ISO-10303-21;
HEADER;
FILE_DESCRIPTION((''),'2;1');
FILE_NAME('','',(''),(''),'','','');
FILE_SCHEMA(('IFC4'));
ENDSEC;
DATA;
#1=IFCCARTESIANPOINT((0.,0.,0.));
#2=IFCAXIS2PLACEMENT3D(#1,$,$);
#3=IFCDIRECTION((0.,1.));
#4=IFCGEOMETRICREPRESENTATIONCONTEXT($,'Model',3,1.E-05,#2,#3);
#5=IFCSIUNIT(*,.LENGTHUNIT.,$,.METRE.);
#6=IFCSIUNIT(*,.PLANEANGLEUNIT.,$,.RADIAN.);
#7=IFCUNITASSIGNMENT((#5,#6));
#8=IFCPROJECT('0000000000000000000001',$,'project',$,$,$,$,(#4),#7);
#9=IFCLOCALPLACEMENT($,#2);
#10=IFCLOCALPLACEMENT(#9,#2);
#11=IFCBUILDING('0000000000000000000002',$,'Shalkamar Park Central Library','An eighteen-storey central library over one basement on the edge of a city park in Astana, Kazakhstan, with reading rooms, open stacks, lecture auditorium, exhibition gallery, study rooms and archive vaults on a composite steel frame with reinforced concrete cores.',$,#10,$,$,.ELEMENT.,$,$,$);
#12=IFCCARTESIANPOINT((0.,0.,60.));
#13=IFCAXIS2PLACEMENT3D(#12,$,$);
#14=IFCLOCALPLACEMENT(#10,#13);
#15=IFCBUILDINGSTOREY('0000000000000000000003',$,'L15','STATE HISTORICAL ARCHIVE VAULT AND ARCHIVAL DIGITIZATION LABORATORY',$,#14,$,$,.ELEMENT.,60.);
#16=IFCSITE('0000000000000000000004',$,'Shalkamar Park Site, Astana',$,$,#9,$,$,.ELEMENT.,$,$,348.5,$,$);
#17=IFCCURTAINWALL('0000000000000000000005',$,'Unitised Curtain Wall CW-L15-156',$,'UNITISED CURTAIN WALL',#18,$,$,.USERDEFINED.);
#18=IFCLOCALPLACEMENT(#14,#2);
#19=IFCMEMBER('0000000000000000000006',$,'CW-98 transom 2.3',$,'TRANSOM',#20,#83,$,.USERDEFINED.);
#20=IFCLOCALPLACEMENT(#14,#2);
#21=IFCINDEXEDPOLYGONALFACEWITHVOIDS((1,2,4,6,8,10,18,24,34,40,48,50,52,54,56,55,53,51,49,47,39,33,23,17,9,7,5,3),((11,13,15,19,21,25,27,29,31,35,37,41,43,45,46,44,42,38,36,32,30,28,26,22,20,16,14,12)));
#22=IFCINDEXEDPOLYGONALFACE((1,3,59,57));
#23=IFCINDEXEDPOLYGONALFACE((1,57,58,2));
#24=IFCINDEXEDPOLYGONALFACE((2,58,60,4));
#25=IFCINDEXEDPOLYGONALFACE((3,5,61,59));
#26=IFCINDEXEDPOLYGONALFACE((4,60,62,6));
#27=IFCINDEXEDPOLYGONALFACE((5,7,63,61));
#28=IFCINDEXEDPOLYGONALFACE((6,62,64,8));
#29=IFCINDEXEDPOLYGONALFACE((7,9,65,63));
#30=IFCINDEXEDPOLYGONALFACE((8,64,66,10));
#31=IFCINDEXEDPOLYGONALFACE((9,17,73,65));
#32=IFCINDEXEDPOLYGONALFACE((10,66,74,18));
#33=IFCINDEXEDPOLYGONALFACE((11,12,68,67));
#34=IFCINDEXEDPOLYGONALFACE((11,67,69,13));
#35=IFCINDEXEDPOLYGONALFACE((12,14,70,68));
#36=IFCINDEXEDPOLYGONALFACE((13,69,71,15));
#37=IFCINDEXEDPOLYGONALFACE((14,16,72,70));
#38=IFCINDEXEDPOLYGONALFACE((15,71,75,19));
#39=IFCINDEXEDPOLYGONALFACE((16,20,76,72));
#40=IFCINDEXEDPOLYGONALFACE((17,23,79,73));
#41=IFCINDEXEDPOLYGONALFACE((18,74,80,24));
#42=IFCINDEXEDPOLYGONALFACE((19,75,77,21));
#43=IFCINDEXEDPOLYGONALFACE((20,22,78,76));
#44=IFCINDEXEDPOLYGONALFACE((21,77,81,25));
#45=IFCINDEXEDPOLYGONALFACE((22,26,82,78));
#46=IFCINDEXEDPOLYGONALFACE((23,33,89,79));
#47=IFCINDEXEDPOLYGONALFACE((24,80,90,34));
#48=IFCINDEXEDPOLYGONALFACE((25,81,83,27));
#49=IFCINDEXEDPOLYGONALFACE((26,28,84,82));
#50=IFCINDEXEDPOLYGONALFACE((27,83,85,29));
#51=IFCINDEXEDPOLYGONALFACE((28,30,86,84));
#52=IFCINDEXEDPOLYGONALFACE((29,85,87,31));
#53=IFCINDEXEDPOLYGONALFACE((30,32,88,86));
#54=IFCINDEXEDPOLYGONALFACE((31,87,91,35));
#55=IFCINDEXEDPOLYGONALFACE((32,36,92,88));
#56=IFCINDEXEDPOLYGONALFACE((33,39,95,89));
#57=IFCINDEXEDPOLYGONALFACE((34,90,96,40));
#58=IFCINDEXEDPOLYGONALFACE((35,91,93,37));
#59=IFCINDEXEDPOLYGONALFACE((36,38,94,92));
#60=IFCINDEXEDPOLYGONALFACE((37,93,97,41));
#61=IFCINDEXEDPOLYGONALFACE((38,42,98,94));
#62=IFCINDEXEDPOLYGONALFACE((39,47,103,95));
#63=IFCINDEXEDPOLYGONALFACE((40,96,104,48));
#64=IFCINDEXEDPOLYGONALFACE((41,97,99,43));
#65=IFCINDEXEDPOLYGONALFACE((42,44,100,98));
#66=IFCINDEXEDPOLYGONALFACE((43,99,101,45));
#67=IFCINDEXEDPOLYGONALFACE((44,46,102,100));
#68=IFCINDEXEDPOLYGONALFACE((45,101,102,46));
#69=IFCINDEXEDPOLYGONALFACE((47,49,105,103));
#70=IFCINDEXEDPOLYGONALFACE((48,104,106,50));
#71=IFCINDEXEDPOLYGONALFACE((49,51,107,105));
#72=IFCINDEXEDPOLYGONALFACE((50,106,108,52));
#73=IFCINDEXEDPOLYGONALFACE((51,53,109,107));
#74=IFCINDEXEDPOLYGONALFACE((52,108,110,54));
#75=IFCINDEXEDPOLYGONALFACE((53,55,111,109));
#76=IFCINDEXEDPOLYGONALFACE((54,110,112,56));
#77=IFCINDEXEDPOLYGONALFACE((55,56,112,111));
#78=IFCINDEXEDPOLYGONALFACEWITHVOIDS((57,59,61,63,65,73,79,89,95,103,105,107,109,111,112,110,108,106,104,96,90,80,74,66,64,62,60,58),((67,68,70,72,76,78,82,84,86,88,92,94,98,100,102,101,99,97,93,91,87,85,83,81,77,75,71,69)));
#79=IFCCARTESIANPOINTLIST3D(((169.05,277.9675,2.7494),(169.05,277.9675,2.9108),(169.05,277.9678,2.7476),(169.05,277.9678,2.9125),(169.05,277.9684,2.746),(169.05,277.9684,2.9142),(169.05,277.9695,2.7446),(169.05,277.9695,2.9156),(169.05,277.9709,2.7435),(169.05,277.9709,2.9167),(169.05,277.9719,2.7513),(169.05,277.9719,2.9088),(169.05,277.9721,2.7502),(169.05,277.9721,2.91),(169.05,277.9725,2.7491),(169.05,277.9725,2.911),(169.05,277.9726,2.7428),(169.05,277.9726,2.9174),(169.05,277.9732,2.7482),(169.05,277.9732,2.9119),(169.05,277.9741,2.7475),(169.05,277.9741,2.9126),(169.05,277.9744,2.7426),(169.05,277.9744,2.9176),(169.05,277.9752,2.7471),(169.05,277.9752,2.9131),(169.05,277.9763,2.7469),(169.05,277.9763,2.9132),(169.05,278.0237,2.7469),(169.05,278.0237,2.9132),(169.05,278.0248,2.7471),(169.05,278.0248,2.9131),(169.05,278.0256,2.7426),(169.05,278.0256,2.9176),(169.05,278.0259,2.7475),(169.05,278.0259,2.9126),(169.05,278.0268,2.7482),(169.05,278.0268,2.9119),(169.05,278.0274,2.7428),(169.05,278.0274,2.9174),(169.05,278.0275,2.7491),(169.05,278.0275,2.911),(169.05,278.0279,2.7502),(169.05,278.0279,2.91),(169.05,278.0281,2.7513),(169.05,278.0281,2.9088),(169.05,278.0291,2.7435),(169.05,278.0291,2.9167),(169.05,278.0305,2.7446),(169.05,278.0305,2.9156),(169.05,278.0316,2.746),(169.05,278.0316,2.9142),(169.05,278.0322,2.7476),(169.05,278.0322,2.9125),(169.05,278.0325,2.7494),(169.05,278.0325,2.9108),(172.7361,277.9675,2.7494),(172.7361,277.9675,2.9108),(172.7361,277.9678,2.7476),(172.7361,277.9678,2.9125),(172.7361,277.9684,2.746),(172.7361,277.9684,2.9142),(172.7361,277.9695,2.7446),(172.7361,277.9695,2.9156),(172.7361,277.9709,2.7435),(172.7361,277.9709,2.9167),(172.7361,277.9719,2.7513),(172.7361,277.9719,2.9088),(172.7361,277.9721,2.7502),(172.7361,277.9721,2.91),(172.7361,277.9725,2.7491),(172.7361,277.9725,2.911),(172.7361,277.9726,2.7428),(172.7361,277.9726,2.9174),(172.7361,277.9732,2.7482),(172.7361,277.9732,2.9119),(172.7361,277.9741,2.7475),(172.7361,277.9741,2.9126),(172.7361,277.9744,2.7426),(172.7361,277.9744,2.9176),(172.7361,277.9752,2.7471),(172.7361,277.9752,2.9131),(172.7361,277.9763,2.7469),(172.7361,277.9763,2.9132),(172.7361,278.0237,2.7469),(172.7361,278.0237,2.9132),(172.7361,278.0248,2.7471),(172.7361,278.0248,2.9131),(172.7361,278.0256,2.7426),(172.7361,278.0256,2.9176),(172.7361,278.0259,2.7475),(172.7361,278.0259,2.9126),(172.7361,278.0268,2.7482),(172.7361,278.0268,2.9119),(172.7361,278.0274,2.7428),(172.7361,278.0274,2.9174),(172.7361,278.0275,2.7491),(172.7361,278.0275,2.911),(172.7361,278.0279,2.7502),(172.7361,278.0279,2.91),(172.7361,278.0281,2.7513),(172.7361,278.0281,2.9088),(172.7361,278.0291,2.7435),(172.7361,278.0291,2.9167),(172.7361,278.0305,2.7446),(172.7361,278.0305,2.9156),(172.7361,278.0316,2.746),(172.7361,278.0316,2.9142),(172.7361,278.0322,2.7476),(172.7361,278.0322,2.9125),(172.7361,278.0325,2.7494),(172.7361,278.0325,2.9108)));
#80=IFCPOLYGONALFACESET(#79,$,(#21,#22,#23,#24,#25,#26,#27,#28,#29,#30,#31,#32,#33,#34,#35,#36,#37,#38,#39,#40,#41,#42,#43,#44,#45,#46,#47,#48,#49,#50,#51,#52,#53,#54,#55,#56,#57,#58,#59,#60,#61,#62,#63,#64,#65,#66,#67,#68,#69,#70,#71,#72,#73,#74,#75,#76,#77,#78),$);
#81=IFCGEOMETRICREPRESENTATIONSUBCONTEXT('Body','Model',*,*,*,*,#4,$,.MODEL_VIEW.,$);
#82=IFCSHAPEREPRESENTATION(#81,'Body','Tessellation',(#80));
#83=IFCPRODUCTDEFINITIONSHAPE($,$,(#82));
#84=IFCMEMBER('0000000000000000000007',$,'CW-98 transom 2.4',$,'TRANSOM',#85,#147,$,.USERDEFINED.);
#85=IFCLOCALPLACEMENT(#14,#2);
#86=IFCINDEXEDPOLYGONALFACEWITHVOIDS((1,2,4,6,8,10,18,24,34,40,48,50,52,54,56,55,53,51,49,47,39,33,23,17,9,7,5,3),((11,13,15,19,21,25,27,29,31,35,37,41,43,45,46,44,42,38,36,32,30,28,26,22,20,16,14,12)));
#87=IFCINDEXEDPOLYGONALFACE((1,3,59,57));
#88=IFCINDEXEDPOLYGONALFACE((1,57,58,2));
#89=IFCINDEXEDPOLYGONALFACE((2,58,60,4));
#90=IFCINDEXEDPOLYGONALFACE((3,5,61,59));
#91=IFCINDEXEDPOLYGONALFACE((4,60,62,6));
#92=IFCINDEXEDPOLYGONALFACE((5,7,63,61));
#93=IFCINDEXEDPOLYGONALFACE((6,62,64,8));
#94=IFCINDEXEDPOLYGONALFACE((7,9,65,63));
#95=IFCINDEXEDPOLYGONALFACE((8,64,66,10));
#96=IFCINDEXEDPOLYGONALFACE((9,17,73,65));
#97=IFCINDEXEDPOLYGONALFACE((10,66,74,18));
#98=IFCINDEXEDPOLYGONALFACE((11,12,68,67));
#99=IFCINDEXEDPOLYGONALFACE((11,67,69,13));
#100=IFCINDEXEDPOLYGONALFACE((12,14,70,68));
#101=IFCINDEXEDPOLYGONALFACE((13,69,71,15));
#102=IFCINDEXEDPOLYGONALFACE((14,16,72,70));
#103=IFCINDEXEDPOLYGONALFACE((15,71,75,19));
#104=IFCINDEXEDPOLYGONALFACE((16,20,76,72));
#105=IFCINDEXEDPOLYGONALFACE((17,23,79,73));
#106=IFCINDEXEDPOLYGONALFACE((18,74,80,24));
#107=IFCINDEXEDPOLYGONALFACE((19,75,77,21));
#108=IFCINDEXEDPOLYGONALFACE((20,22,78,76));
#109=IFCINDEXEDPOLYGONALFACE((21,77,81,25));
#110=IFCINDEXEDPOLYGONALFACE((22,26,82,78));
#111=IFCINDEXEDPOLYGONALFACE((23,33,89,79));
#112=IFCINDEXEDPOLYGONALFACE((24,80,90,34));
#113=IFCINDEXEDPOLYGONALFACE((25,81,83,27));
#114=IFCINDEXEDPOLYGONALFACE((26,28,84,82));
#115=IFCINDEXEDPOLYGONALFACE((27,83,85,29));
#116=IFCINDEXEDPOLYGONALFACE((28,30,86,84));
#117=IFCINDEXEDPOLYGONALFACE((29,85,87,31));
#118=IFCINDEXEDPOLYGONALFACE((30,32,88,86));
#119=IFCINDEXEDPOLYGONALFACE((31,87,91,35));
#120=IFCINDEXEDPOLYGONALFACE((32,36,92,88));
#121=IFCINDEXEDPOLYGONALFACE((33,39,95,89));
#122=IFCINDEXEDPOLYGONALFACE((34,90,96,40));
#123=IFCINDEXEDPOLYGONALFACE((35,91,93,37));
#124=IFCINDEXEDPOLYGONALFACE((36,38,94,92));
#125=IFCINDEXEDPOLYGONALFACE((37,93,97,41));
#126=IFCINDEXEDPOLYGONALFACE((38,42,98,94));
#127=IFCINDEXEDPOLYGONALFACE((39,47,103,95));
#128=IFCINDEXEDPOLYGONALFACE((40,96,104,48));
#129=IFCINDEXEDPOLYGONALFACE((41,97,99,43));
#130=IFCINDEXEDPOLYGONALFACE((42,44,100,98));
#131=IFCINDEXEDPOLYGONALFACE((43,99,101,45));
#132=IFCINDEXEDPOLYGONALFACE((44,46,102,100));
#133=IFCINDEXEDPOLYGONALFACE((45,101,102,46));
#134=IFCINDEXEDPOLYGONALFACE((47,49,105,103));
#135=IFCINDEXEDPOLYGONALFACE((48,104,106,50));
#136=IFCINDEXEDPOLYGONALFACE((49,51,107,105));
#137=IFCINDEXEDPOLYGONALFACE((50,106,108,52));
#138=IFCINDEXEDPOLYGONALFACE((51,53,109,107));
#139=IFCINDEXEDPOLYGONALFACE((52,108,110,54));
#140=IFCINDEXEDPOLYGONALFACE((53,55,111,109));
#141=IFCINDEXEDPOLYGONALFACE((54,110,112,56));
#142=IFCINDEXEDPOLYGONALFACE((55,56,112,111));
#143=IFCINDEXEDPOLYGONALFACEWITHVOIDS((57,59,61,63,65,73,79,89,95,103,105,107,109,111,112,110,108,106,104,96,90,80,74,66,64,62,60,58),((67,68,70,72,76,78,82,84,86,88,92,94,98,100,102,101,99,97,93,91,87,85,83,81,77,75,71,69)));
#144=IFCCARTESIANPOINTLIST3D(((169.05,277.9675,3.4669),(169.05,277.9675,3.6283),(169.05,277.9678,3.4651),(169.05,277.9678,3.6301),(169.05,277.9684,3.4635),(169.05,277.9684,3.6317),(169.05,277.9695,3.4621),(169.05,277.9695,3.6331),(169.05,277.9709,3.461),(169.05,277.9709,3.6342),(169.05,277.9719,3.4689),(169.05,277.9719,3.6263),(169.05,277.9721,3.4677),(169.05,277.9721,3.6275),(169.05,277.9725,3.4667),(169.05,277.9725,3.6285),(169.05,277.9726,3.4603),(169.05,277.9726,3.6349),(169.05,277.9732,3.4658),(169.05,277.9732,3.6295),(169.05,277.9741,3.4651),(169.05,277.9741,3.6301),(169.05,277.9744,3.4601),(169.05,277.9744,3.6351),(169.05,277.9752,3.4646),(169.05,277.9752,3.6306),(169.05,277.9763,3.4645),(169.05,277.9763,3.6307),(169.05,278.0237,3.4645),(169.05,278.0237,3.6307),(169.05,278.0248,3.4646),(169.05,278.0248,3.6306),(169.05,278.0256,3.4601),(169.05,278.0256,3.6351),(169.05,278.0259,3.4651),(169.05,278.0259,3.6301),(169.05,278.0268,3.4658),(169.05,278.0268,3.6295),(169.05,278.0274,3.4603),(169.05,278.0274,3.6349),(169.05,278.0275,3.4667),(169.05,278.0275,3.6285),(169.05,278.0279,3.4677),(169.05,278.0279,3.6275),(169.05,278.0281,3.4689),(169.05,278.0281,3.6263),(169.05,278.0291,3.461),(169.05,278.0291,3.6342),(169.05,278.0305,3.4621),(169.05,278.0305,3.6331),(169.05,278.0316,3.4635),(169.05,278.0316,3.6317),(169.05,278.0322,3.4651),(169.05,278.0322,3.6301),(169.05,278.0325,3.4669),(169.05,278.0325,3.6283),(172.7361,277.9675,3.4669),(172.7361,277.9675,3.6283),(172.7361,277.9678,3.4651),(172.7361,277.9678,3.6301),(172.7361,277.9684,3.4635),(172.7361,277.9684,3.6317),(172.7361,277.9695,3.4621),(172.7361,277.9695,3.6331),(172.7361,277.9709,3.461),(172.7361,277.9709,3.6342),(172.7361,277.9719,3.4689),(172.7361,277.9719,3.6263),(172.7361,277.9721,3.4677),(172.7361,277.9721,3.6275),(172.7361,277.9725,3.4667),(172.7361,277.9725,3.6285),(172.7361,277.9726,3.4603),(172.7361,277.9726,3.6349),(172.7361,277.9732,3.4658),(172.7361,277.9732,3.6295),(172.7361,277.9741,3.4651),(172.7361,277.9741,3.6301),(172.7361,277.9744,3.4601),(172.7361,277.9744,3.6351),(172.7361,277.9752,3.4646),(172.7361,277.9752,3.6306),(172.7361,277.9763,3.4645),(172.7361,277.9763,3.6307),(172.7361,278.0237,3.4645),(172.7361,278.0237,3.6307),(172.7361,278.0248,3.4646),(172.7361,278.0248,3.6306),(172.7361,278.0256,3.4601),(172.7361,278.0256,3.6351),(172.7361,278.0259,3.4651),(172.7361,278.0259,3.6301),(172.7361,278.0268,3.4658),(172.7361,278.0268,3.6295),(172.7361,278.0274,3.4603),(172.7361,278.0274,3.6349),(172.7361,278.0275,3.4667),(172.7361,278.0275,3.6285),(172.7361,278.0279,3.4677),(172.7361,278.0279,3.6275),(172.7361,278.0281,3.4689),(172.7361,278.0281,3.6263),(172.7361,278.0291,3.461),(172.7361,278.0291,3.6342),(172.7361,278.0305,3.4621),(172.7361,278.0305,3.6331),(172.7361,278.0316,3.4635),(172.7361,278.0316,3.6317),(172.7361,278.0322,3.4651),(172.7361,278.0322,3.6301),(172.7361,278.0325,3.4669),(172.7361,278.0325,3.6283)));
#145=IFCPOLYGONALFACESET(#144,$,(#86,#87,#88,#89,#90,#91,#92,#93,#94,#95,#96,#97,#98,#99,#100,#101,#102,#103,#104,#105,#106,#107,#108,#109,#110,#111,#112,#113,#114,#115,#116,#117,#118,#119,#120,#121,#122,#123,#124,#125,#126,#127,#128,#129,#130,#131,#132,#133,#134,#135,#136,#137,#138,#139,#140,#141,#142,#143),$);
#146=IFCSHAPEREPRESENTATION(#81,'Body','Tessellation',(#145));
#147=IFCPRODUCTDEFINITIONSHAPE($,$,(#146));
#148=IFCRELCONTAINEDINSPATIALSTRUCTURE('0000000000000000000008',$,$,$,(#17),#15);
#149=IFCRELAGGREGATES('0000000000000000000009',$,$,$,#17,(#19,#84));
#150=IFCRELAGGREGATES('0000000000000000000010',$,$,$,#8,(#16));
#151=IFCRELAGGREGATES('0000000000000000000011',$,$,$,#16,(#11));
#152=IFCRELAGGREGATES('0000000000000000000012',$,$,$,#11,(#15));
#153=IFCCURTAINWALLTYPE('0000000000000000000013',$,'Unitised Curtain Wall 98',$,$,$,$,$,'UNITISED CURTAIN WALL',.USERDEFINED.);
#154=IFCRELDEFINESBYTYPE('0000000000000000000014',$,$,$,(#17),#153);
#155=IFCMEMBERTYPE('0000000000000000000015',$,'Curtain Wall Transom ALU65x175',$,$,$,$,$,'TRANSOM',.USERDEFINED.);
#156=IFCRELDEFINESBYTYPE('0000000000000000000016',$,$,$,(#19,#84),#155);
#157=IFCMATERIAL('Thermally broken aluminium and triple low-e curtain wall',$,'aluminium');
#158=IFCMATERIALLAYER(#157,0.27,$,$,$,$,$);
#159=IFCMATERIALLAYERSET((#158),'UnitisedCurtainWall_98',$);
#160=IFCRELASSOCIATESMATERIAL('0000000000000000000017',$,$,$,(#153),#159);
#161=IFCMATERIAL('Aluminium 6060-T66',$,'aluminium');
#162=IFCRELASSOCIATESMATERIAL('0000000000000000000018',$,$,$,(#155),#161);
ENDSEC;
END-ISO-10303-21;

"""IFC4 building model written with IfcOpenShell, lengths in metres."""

from ifc_helpers import new_model, si_unit, direction, frame, origin, origin_2d, place, context, subcontext, project, spatial, hollow_rectangle, extrude, material, layer, layer_set, material_profile, profile_set, type_object, element, aggregate, save


model = new_model("IFC4")

# Units and contexts
model_context = context("Model", 3, precision=1e-05, world=origin(), true_north=direction((0.0, 1.0)))
body_context = subcontext(model_context, "Body", "Model", "MODEL_VIEW")
ifc_project = project(units=[si_unit("LENGTHUNIT", "METRE"), si_unit("PLANEANGLEUNIT", "RADIAN")], contexts=[model_context])

# Site, building, storey
site_placement = place(None, origin())
site = spatial("IfcSite", under=ifc_project, at=site_placement, Name="Shalkamar Park Site, Astana", CompositionType="ELEMENT", RefElevation=348.5)
building_placement = place(site_placement, origin())
building = spatial("IfcBuilding", under=site, at=building_placement, Name="Shalkamar Park Central Library", Description="An eighteen-storey central library over one basement on the edge of a city park in Astana, Kazakhstan, with reading rooms, open stacks, lecture auditorium, exhibition gallery, study rooms and archive vaults on a composite steel frame with reinforced concrete cores.", CompositionType="ELEMENT")
storey_placement = place(building_placement, frame((0.0, 0.0, 60.0)))
storey = spatial("IfcBuildingStorey", under=building, at=storey_placement, Name="L15", Description="STATE HISTORICAL ARCHIVE VAULT AND ARCHIVAL DIGITIZATION LABORATORY", CompositionType="ELEMENT", Elevation=60.0)

# Curtain wall
ifc_material_1 = material(Name="Thermally broken aluminium and triple low-e curtain wall", Category="aluminium")
ifc_layer_1 = layer(ifc_material_1, 0.27)
ifc_layer_set_1 = layer_set([ifc_layer_1], Name="UnitisedCurtainWall_98")
curtain_wall_type_1 = type_object("IfcCurtainWallType", Name="Unitised Curtain Wall 98", ElementType="UNITISED CURTAIN WALL", PredefinedType="USERDEFINED", material=ifc_layer_set_1)
curtain_wall_1_placement = place(storey_placement, origin())
curtain_wall_1 = element("IfcCurtainWall", 1, at=curtain_wall_1_placement, inside=storey, type_object=curtain_wall_type_1, Name="Unitised Curtain Wall CW-L15-156", ObjectType="UNITISED CURTAIN WALL", PredefinedType="USERDEFINED")
ifc_material_2 = material(Name="Aluminium 6060-T66", Category="aluminium")

# Members
ifc_material_profile_1 = material_profile(ifc_material_2, hollow_rectangle(XDim=0.0649, YDim=0.175, WallThickness=0.0044, InnerFilletRadius=0.0044, OuterFilletRadius=0.0068, at=origin_2d()), Name="ALU 65x175x4.5")
ifc_profile_set_1 = profile_set([ifc_material_profile_1], Name="Aluminium 6060-T66")
member_type_1 = type_object("IfcMemberType", Name="Curtain Wall Transom ALU65x175", ElementType="TRANSOM", PredefinedType="USERDEFINED", material=ifc_profile_set_1)
member_1_placement = place(storey_placement, frame((169.05, 278.0, 2.8301), z_axis=(1.0, 0.0, 0.0), x_axis=(0.0, 1.0, 0.0)))
member_1 = element("IfcMember", 2, at=member_1_placement, type_object=member_type_1, Name="CW-98 transom 2.3", ObjectType="TRANSOM", PredefinedType="USERDEFINED", context=body_context, shape_type="SweptSolid", body=[
    extrude(hollow_rectangle(XDim=0.0649, YDim=0.175, WallThickness=0.0044, InnerFilletRadius=0.0044, OuterFilletRadius=0.0068, at=origin_2d()), origin(), (0.0, 0.0, 1.0), 3.686),
])
member_2_placement = place(storey_placement, frame((169.05, 278.0, 3.5476), z_axis=(1.0, 0.0, 0.0), x_axis=(0.0, 1.0, 0.0)))
member_2 = element("IfcMember", 3, at=member_2_placement, type_object=member_type_1, Name="CW-98 transom 2.4", ObjectType="TRANSOM", PredefinedType="USERDEFINED", context=body_context, shape_type="SweptSolid", body=[
    extrude(hollow_rectangle(XDim=0.0649, YDim=0.175, WallThickness=0.0044, InnerFilletRadius=0.0044, OuterFilletRadius=0.0068, at=origin_2d()), origin(), (0.0, 0.0, 1.0), 3.686),
])

aggregate(curtain_wall_1, [member_1, member_2])

save(model, "model.ifc")
